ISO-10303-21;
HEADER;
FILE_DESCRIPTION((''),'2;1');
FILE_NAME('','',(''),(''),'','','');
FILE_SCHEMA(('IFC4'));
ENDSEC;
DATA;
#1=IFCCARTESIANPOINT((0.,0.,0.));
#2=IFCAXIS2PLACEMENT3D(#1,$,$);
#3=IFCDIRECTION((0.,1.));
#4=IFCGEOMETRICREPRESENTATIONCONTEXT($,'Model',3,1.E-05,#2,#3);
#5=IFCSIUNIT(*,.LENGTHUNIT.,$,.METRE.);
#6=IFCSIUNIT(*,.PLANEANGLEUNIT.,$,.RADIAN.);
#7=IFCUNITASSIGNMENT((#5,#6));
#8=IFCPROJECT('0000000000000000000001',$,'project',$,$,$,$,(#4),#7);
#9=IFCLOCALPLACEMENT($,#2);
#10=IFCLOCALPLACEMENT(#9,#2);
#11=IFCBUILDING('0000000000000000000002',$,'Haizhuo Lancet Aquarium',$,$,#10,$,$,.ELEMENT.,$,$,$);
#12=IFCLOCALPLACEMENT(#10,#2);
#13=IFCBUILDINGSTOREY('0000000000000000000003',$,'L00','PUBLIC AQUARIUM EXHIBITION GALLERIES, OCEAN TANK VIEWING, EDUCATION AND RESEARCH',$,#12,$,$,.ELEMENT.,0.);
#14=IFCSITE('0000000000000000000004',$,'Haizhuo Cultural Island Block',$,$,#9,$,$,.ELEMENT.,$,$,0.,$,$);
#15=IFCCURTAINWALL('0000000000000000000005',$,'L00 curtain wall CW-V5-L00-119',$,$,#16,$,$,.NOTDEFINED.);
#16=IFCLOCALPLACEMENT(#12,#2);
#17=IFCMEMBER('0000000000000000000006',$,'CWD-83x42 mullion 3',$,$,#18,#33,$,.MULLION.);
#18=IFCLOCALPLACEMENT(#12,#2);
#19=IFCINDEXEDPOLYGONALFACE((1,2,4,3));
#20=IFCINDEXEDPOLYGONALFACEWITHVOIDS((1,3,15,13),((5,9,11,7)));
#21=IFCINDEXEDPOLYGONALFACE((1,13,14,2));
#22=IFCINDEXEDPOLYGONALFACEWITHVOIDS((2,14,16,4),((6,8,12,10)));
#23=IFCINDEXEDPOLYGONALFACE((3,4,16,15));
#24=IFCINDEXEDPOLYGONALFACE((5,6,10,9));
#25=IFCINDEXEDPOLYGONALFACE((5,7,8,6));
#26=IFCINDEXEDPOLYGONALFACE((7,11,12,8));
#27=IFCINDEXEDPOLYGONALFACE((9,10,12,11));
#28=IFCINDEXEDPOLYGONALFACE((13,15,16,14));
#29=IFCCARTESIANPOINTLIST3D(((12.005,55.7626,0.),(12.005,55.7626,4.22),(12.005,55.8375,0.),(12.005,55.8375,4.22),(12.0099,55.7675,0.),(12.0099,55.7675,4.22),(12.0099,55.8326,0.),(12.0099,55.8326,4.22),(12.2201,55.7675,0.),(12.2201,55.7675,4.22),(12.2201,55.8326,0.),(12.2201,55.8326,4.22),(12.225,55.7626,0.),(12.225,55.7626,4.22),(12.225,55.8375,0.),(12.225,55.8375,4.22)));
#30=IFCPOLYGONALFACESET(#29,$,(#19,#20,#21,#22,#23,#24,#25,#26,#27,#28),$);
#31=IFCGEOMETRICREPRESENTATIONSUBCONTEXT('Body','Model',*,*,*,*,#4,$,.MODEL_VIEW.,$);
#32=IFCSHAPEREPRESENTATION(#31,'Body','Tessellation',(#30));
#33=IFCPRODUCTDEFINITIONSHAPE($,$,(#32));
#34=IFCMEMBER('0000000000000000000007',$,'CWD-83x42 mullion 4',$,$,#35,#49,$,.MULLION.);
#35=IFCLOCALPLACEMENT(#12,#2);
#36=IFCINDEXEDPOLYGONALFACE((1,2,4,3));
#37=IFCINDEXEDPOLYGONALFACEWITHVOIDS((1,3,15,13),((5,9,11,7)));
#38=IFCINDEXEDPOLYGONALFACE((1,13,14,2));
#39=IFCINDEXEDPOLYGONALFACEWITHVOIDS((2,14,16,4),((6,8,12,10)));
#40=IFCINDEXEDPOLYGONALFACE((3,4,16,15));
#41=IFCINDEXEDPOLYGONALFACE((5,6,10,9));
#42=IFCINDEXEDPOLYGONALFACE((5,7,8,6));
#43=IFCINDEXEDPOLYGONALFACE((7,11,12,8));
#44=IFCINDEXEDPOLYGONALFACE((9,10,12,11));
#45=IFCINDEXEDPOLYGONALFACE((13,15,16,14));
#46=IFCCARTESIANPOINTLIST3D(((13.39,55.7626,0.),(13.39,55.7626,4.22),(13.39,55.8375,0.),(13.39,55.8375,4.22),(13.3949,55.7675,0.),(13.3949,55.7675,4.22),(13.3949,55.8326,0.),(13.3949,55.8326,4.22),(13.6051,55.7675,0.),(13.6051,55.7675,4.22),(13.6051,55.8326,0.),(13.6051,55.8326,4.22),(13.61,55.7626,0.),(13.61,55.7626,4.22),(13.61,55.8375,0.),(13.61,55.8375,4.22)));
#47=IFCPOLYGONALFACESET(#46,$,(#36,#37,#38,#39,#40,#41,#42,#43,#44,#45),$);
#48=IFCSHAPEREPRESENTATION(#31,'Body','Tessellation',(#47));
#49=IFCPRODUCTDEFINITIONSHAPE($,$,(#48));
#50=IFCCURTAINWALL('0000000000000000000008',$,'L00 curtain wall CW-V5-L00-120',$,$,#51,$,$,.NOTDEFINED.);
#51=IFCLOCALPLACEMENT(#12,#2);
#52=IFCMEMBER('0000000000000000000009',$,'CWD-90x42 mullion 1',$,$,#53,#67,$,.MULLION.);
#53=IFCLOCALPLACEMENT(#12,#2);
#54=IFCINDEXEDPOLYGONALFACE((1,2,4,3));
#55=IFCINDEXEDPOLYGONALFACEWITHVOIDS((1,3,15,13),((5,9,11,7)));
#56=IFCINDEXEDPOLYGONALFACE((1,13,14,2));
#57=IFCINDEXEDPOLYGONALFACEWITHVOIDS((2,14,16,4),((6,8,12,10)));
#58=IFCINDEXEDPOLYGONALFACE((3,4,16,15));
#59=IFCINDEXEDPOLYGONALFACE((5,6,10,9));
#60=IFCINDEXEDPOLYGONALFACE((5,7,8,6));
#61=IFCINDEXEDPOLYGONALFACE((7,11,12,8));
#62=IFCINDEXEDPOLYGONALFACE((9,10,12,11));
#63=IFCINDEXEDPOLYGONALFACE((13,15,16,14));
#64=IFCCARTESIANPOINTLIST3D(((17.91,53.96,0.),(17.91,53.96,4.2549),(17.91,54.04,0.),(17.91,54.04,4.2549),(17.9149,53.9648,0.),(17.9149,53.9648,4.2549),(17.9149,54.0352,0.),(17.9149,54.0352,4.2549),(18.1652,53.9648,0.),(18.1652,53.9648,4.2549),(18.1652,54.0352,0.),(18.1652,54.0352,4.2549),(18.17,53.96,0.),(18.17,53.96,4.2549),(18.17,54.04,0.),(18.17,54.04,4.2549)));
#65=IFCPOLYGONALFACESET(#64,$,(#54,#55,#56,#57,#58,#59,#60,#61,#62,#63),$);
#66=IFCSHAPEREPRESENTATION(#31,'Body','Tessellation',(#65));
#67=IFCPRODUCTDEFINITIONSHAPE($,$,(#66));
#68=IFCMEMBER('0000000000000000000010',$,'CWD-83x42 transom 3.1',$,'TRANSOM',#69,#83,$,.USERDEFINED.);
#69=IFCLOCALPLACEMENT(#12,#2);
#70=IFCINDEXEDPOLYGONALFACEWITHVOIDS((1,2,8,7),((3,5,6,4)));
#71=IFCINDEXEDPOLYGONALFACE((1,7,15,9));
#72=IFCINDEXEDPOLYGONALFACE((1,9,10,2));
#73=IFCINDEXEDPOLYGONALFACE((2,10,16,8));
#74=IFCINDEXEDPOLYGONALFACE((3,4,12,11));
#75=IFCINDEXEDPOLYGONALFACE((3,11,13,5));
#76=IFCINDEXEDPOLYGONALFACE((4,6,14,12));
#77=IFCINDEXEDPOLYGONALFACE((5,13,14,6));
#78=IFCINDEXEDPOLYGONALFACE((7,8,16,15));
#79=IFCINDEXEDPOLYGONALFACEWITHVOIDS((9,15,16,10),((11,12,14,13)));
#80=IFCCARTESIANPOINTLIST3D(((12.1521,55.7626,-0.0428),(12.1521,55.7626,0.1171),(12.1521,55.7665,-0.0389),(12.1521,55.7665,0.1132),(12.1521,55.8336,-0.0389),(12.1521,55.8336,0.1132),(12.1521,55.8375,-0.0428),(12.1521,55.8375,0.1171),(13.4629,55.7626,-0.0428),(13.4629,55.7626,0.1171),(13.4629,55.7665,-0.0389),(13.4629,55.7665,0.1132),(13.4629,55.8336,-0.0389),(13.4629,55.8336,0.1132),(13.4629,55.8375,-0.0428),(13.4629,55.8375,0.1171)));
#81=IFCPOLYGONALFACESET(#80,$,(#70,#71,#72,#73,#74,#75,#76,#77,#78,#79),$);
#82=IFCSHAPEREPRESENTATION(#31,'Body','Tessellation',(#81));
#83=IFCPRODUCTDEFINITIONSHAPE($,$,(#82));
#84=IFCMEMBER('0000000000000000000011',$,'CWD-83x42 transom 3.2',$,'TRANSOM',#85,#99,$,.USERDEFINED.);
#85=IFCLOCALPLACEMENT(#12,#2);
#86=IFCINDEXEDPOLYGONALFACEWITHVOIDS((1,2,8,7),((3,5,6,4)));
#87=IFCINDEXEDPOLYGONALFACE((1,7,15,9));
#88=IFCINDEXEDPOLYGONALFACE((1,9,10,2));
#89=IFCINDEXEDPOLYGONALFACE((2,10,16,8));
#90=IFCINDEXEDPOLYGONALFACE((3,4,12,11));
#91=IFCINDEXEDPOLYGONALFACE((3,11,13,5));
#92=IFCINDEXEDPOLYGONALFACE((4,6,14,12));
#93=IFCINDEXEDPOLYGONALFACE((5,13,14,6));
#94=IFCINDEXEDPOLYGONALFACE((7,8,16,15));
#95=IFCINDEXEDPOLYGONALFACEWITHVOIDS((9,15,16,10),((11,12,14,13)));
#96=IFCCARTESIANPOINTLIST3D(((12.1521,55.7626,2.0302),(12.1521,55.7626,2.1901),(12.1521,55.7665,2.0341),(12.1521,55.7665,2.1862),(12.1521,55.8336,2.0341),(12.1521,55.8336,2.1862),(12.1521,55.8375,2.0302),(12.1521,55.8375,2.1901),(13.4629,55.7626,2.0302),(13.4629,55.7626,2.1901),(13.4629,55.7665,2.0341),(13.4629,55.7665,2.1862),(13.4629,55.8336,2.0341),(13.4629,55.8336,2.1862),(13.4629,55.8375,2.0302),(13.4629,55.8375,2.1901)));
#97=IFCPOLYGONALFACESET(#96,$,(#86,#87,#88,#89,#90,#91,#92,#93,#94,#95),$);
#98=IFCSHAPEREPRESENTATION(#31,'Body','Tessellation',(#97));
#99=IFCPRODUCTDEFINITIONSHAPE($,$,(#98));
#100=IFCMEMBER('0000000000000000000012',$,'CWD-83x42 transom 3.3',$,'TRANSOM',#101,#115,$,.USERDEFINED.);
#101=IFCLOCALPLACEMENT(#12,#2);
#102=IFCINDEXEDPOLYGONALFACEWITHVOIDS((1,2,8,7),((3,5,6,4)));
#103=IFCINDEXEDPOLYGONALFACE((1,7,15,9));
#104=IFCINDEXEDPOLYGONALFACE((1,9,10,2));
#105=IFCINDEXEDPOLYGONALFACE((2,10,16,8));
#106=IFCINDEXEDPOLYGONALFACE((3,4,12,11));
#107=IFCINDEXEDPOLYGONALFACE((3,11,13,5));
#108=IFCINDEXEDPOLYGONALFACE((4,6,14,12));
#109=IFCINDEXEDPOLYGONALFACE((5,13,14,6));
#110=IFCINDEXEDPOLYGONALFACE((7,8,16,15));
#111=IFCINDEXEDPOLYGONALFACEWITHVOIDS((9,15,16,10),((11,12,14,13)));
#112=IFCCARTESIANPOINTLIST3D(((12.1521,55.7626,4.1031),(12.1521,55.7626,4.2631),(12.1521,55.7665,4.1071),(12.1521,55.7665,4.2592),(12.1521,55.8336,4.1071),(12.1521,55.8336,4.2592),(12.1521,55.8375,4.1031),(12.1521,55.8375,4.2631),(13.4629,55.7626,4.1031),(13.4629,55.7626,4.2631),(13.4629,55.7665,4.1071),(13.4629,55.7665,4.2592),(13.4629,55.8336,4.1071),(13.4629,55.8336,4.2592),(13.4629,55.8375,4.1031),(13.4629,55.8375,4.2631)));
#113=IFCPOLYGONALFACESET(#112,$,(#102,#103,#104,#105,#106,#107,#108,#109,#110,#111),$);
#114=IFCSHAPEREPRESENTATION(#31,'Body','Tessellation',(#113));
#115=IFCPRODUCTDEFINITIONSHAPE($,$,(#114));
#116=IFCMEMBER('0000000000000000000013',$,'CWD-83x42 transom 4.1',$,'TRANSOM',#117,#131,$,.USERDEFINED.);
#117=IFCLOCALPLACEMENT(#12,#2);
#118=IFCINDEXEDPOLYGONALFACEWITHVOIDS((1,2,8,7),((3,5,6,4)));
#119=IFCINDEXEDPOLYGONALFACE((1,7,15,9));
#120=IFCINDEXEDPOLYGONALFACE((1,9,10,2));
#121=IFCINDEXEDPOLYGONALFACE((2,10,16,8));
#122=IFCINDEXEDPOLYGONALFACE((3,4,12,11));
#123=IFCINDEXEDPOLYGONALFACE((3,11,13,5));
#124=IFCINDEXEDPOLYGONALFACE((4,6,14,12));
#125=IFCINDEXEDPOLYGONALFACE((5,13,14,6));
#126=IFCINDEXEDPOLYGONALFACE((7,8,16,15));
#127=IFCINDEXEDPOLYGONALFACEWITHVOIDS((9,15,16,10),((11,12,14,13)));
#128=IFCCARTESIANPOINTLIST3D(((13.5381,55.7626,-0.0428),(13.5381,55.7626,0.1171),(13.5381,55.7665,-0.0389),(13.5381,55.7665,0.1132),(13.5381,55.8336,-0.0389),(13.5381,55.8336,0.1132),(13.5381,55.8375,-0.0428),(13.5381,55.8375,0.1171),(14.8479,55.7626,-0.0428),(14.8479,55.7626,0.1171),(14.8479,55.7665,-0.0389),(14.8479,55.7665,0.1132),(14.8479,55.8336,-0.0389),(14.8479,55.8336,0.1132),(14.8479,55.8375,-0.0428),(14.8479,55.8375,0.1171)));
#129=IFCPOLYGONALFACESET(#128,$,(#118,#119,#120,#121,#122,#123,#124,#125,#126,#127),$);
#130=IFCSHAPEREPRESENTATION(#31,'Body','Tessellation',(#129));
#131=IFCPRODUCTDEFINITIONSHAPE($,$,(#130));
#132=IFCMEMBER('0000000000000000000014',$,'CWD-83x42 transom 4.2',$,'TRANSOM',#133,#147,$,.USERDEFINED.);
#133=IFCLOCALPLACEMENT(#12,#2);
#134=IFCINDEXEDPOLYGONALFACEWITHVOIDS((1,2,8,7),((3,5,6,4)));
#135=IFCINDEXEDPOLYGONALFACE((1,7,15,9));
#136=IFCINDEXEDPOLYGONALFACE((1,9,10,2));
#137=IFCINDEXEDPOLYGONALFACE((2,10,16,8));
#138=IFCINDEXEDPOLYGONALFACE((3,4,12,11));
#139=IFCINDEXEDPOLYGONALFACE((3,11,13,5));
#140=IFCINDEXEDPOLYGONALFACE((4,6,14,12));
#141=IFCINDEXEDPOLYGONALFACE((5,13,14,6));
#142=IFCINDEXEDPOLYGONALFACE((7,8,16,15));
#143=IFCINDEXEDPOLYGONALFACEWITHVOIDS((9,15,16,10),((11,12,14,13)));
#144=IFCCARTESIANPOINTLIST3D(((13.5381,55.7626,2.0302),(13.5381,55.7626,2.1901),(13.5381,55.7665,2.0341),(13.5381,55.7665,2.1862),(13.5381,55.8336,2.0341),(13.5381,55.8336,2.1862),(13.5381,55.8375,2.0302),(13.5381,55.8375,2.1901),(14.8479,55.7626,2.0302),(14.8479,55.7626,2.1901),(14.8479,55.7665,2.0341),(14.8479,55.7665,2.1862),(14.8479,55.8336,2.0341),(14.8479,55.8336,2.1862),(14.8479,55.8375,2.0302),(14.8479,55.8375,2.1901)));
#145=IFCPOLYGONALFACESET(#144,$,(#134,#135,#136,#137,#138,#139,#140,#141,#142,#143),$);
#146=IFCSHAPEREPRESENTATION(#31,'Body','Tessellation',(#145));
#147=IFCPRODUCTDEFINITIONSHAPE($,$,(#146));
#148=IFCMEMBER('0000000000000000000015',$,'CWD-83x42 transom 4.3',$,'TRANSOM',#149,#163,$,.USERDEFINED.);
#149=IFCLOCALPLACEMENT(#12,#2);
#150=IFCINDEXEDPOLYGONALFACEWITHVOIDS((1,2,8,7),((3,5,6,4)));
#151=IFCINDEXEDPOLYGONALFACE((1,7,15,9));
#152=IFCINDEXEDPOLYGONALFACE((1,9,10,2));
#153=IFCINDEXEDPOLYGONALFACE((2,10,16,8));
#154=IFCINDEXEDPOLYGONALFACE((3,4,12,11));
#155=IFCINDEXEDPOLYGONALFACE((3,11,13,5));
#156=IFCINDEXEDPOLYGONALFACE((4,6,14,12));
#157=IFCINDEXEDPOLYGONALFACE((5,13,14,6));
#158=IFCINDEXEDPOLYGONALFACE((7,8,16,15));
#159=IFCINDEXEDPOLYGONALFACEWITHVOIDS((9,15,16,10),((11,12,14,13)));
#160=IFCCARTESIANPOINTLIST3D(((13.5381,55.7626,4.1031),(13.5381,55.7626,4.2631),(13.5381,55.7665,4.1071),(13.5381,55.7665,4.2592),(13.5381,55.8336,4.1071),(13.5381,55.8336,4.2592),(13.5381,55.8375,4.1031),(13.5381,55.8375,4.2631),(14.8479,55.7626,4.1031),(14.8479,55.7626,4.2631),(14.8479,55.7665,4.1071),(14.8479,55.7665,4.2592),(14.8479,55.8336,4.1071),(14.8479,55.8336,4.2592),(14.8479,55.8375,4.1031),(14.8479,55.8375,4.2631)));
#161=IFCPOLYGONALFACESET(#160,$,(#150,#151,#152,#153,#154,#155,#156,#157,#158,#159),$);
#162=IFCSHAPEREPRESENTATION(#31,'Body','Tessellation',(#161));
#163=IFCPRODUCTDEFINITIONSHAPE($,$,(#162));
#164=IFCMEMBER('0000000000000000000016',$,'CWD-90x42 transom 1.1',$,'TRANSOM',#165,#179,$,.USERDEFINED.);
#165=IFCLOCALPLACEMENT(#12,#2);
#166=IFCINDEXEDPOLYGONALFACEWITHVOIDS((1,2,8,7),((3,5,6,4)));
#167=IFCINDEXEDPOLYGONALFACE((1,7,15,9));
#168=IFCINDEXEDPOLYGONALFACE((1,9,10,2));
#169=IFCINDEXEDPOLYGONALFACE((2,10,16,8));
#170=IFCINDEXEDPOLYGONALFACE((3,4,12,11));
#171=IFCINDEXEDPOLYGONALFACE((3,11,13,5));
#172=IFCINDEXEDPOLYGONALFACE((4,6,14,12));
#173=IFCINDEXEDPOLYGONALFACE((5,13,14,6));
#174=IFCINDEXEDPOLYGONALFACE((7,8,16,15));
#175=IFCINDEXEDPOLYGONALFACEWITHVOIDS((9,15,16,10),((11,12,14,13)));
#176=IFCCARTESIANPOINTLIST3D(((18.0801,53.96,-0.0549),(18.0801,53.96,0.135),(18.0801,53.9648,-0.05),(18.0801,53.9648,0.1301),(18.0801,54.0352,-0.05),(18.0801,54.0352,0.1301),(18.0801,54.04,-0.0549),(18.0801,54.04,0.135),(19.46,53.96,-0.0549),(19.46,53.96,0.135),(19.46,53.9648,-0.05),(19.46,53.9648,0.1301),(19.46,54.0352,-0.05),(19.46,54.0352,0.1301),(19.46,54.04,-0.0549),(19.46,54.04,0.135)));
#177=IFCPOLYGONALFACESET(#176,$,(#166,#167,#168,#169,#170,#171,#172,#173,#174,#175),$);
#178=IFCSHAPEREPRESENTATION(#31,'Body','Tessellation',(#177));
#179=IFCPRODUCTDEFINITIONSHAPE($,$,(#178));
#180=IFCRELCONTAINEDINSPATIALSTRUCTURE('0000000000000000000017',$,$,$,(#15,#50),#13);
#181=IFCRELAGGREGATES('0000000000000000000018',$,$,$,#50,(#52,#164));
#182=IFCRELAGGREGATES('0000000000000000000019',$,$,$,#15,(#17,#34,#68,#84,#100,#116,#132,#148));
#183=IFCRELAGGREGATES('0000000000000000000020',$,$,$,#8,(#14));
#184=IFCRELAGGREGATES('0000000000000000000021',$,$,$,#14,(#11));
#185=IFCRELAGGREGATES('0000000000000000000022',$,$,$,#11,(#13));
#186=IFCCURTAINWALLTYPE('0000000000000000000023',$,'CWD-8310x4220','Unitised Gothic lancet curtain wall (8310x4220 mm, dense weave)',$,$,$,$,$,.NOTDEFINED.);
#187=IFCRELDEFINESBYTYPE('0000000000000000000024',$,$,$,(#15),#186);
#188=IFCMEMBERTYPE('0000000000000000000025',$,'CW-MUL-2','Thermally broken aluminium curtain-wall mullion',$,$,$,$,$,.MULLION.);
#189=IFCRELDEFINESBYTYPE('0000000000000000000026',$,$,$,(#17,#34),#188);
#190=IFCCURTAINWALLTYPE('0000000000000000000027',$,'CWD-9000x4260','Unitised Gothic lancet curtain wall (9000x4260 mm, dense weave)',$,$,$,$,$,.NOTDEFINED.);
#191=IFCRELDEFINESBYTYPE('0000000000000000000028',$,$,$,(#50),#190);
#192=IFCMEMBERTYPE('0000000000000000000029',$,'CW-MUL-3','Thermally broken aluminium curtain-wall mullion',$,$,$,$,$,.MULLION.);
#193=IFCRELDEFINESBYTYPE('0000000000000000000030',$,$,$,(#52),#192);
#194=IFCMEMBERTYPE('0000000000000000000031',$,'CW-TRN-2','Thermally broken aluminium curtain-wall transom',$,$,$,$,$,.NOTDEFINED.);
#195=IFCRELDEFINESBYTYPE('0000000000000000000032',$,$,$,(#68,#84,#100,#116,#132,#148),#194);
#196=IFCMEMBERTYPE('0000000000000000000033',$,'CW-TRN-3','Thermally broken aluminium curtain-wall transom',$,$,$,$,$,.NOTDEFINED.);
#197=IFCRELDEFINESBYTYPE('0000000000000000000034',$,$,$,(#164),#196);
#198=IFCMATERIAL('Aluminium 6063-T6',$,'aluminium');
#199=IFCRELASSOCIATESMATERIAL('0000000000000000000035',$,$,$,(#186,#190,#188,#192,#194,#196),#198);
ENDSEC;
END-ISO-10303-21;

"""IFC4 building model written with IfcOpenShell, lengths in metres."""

from ifc_helpers import new_model, si_unit, direction, frame, origin, origin_2d, place, context, subcontext, project, spatial, hollow_rectangle, extrude, material, material_profile, profile_set, type_object, element, aggregate, save


model = new_model("IFC4")

# Units and contexts
model_context = context("Model", 3, precision=1e-05, world=origin(), true_north=direction((0.0, 1.0)))
body_context = subcontext(model_context, "Body", "Model", "MODEL_VIEW")
ifc_project = project(units=[si_unit("LENGTHUNIT", "METRE"), si_unit("PLANEANGLEUNIT", "RADIAN")], contexts=[model_context])

# Site, building, storey
site_placement = place(None, origin())
site = spatial("IfcSite", under=ifc_project, at=site_placement, Name="Haizhuo Cultural Island Block", CompositionType="ELEMENT", RefElevation=0.0)
building_placement = place(site_placement, origin())
building = spatial("IfcBuilding", under=site, at=building_placement, Name="Haizhuo Lancet Aquarium", CompositionType="ELEMENT")
storey_placement = place(building_placement, origin())
storey = spatial("IfcBuildingStorey", under=building, at=storey_placement, Name="L00", Description="PUBLIC AQUARIUM EXHIBITION GALLERIES, OCEAN TANK VIEWING, EDUCATION AND RESEARCH", CompositionType="ELEMENT", Elevation=0.0)

# Curtain wall, members
ifc_material_1 = material(Name="Aluminium 6063-T6", Category="aluminium")
curtain_wall_type_1 = type_object("IfcCurtainWallType", Name="CWD-8310x4220", Description="Unitised Gothic lancet curtain wall (8310x4220 mm, dense weave)", PredefinedType="NOTDEFINED", material=ifc_material_1)
curtain_wall_1_placement = place(storey_placement, origin())
curtain_wall_1 = element("IfcCurtainWall", 1, at=curtain_wall_1_placement, inside=storey, type_object=curtain_wall_type_1, Name="L00 curtain wall CW-V5-L00-119", PredefinedType="NOTDEFINED")
ifc_material_profile_1 = material_profile(ifc_material_1, hollow_rectangle(XDim=0.075, YDim=0.22, WallThickness=0.0049, at=origin_2d()), Name="ALU-M 75x220x5")
ifc_profile_set_1 = profile_set([ifc_material_profile_1], Name="Aluminium 6063-T6")
member_type_1 = type_object("IfcMemberType", Name="CW-MUL-2", Description="Thermally broken aluminium curtain-wall mullion", PredefinedType="MULLION", material=ifc_profile_set_1)
member_1_placement = place(storey_placement, frame((12.115, 55.8, 0.0), z_axis=(0.0, 0.0, 1.0), x_axis=(0.0, 1.0, 0.0)))
member_1 = element("IfcMember", 2, at=member_1_placement, type_object=member_type_1, Name="CWD-83x42 mullion 3", PredefinedType="MULLION", context=body_context, shape_type="SweptSolid", body=[
    extrude(hollow_rectangle(XDim=0.075, YDim=0.22, WallThickness=0.0049, at=origin_2d()), origin(), (0.0, 0.0, 1.0), 4.22),
])
member_2_placement = place(storey_placement, frame((13.5, 55.8, 0.0), z_axis=(0.0, 0.0, 1.0), x_axis=(0.0, 1.0, 0.0)))
member_2 = element("IfcMember", 3, at=member_2_placement, type_object=member_type_1, Name="CWD-83x42 mullion 4", PredefinedType="MULLION", context=body_context, shape_type="SweptSolid", body=[
    extrude(hollow_rectangle(XDim=0.075, YDim=0.22, WallThickness=0.0049, at=origin_2d()), origin(), (0.0, 0.0, 1.0), 4.22),
])

# Curtain wall, member
curtain_wall_type_2 = type_object("IfcCurtainWallType", Name="CWD-9000x4260", Description="Unitised Gothic lancet curtain wall (9000x4260 mm, dense weave)", PredefinedType="NOTDEFINED", material=ifc_material_1)
curtain_wall_2_placement = place(storey_placement, origin())
curtain_wall_2 = element("IfcCurtainWall", 4, at=curtain_wall_2_placement, inside=storey, type_object=curtain_wall_type_2, Name="L00 curtain wall CW-V5-L00-120", PredefinedType="NOTDEFINED")
ifc_material_profile_2 = material_profile(ifc_material_1, hollow_rectangle(XDim=0.0801, YDim=0.26, WallThickness=0.0049, at=origin_2d()), Name="ALU-M 80x260x5")
ifc_profile_set_2 = profile_set([ifc_material_profile_2], Name="Aluminium 6063-T6")
member_type_2 = type_object("IfcMemberType", Name="CW-MUL-3", Description="Thermally broken aluminium curtain-wall mullion", PredefinedType="MULLION", material=ifc_profile_set_2)
member_3_placement = place(storey_placement, frame((18.04, 54.0, 0.0), z_axis=(0.0, 0.0, 1.0), x_axis=(0.0, 1.0, 0.0)))
member_3 = element("IfcMember", 5, at=member_3_placement, type_object=member_type_2, Name="CWD-90x42 mullion 1", PredefinedType="MULLION", context=body_context, shape_type="SweptSolid", body=[
    extrude(hollow_rectangle(XDim=0.0801, YDim=0.26, WallThickness=0.0049, at=origin_2d()), origin(), (0.0, 0.0, 1.0), 4.2549),
])

# Members
ifc_material_profile_3 = material_profile(ifc_material_1, hollow_rectangle(XDim=0.075, YDim=0.1599, WallThickness=0.0039, at=origin_2d()), Name="ALU-T 75x160x4")
ifc_profile_set_3 = profile_set([ifc_material_profile_3], Name="Aluminium 6063-T6")
member_type_3 = type_object("IfcMemberType", Name="CW-TRN-2", Description="Thermally broken aluminium curtain-wall transom", PredefinedType="NOTDEFINED", material=ifc_profile_set_3)
member_4_placement = place(storey_placement, frame((12.1521, 55.8, 0.0371), z_axis=(1.0, 0.0, 0.0), x_axis=(0.0, 1.0, 0.0)))
member_4 = element("IfcMember", 6, at=member_4_placement, type_object=member_type_3, Name="CWD-83x42 transom 3.1", ObjectType="TRANSOM", PredefinedType="USERDEFINED", context=body_context, shape_type="SweptSolid", body=[
    extrude(hollow_rectangle(XDim=0.075, YDim=0.1599, WallThickness=0.0039, at=origin_2d()), origin(), (0.0, 0.0, 1.0), 1.3108),
])
member_5_placement = place(storey_placement, frame((12.1521, 55.8, 2.1101), z_axis=(1.0, 0.0, 0.0), x_axis=(0.0, 1.0, 0.0)))
member_5 = element("IfcMember", 7, at=member_5_placement, type_object=member_type_3, Name="CWD-83x42 transom 3.2", ObjectType="TRANSOM", PredefinedType="USERDEFINED", context=body_context, shape_type="SweptSolid", body=[
    extrude(hollow_rectangle(XDim=0.075, YDim=0.1599, WallThickness=0.0039, at=origin_2d()), origin(), (0.0, 0.0, 1.0), 1.3108),
])
member_6_placement = place(storey_placement, frame((12.1521, 55.8, 4.1831), z_axis=(1.0, 0.0, 0.0), x_axis=(0.0, 1.0, 0.0)))
member_6 = element("IfcMember", 8, at=member_6_placement, type_object=member_type_3, Name="CWD-83x42 transom 3.3", ObjectType="TRANSOM", PredefinedType="USERDEFINED", context=body_context, shape_type="SweptSolid", body=[
    extrude(hollow_rectangle(XDim=0.075, YDim=0.1599, WallThickness=0.0039, at=origin_2d()), origin(), (0.0, 0.0, 1.0), 1.3108),
])
member_7_placement = place(storey_placement, frame((13.5381, 55.8, 0.0371), z_axis=(1.0, 0.0, 0.0), x_axis=(0.0, 1.0, 0.0)))
member_7 = element("IfcMember", 9, at=member_7_placement, type_object=member_type_3, Name="CWD-83x42 transom 4.1", ObjectType="TRANSOM", PredefinedType="USERDEFINED", context=body_context, shape_type="SweptSolid", body=[
    extrude(hollow_rectangle(XDim=0.075, YDim=0.1599, WallThickness=0.0039, at=origin_2d()), origin(), (0.0, 0.0, 1.0), 1.3098),
])
member_8_placement = place(storey_placement, frame((13.5381, 55.8, 2.1101), z_axis=(1.0, 0.0, 0.0), x_axis=(0.0, 1.0, 0.0)))
member_8 = element("IfcMember", 10, at=member_8_placement, type_object=member_type_3, Name="CWD-83x42 transom 4.2", ObjectType="TRANSOM", PredefinedType="USERDEFINED", context=body_context, shape_type="SweptSolid", body=[
    extrude(hollow_rectangle(XDim=0.075, YDim=0.1599, WallThickness=0.0039, at=origin_2d()), origin(), (0.0, 0.0, 1.0), 1.3098),
])
member_9_placement = place(storey_placement, frame((13.5381, 55.8, 4.1831), z_axis=(1.0, 0.0, 0.0), x_axis=(0.0, 1.0, 0.0)))
member_9 = element("IfcMember", 11, at=member_9_placement, type_object=member_type_3, Name="CWD-83x42 transom 4.3", ObjectType="TRANSOM", PredefinedType="USERDEFINED", context=body_context, shape_type="SweptSolid", body=[
    extrude(hollow_rectangle(XDim=0.075, YDim=0.1599, WallThickness=0.0039, at=origin_2d()), origin(), (0.0, 0.0, 1.0), 1.3098),
])
ifc_material_profile_4 = material_profile(ifc_material_1, hollow_rectangle(XDim=0.0801, YDim=0.1899, WallThickness=0.0049, at=origin_2d()), Name="ALU-T 80x190x5")
ifc_profile_set_4 = profile_set([ifc_material_profile_4], Name="Aluminium 6063-T6")
member_type_4 = type_object("IfcMemberType", Name="CW-TRN-3", Description="Thermally broken aluminium curtain-wall transom", PredefinedType="NOTDEFINED", material=ifc_profile_set_4)
member_10_placement = place(storey_placement, frame((18.0801, 54.0, 0.04), z_axis=(1.0, 0.0, 0.0), x_axis=(0.0, 1.0, 0.0)))
member_10 = element("IfcMember", 12, at=member_10_placement, type_object=member_type_4, Name="CWD-90x42 transom 1.1", ObjectType="TRANSOM", PredefinedType="USERDEFINED", context=body_context, shape_type="SweptSolid", body=[
    extrude(hollow_rectangle(XDim=0.0801, YDim=0.1899, WallThickness=0.0049, at=origin_2d()), origin(), (0.0, 0.0, 1.0), 1.3799),
])
aggregate(curtain_wall_2, [member_3, member_10])

aggregate(curtain_wall_1, [member_1, member_2, member_4, member_5, member_6, member_7, member_8, member_9])

save(model, "model.ifc")
